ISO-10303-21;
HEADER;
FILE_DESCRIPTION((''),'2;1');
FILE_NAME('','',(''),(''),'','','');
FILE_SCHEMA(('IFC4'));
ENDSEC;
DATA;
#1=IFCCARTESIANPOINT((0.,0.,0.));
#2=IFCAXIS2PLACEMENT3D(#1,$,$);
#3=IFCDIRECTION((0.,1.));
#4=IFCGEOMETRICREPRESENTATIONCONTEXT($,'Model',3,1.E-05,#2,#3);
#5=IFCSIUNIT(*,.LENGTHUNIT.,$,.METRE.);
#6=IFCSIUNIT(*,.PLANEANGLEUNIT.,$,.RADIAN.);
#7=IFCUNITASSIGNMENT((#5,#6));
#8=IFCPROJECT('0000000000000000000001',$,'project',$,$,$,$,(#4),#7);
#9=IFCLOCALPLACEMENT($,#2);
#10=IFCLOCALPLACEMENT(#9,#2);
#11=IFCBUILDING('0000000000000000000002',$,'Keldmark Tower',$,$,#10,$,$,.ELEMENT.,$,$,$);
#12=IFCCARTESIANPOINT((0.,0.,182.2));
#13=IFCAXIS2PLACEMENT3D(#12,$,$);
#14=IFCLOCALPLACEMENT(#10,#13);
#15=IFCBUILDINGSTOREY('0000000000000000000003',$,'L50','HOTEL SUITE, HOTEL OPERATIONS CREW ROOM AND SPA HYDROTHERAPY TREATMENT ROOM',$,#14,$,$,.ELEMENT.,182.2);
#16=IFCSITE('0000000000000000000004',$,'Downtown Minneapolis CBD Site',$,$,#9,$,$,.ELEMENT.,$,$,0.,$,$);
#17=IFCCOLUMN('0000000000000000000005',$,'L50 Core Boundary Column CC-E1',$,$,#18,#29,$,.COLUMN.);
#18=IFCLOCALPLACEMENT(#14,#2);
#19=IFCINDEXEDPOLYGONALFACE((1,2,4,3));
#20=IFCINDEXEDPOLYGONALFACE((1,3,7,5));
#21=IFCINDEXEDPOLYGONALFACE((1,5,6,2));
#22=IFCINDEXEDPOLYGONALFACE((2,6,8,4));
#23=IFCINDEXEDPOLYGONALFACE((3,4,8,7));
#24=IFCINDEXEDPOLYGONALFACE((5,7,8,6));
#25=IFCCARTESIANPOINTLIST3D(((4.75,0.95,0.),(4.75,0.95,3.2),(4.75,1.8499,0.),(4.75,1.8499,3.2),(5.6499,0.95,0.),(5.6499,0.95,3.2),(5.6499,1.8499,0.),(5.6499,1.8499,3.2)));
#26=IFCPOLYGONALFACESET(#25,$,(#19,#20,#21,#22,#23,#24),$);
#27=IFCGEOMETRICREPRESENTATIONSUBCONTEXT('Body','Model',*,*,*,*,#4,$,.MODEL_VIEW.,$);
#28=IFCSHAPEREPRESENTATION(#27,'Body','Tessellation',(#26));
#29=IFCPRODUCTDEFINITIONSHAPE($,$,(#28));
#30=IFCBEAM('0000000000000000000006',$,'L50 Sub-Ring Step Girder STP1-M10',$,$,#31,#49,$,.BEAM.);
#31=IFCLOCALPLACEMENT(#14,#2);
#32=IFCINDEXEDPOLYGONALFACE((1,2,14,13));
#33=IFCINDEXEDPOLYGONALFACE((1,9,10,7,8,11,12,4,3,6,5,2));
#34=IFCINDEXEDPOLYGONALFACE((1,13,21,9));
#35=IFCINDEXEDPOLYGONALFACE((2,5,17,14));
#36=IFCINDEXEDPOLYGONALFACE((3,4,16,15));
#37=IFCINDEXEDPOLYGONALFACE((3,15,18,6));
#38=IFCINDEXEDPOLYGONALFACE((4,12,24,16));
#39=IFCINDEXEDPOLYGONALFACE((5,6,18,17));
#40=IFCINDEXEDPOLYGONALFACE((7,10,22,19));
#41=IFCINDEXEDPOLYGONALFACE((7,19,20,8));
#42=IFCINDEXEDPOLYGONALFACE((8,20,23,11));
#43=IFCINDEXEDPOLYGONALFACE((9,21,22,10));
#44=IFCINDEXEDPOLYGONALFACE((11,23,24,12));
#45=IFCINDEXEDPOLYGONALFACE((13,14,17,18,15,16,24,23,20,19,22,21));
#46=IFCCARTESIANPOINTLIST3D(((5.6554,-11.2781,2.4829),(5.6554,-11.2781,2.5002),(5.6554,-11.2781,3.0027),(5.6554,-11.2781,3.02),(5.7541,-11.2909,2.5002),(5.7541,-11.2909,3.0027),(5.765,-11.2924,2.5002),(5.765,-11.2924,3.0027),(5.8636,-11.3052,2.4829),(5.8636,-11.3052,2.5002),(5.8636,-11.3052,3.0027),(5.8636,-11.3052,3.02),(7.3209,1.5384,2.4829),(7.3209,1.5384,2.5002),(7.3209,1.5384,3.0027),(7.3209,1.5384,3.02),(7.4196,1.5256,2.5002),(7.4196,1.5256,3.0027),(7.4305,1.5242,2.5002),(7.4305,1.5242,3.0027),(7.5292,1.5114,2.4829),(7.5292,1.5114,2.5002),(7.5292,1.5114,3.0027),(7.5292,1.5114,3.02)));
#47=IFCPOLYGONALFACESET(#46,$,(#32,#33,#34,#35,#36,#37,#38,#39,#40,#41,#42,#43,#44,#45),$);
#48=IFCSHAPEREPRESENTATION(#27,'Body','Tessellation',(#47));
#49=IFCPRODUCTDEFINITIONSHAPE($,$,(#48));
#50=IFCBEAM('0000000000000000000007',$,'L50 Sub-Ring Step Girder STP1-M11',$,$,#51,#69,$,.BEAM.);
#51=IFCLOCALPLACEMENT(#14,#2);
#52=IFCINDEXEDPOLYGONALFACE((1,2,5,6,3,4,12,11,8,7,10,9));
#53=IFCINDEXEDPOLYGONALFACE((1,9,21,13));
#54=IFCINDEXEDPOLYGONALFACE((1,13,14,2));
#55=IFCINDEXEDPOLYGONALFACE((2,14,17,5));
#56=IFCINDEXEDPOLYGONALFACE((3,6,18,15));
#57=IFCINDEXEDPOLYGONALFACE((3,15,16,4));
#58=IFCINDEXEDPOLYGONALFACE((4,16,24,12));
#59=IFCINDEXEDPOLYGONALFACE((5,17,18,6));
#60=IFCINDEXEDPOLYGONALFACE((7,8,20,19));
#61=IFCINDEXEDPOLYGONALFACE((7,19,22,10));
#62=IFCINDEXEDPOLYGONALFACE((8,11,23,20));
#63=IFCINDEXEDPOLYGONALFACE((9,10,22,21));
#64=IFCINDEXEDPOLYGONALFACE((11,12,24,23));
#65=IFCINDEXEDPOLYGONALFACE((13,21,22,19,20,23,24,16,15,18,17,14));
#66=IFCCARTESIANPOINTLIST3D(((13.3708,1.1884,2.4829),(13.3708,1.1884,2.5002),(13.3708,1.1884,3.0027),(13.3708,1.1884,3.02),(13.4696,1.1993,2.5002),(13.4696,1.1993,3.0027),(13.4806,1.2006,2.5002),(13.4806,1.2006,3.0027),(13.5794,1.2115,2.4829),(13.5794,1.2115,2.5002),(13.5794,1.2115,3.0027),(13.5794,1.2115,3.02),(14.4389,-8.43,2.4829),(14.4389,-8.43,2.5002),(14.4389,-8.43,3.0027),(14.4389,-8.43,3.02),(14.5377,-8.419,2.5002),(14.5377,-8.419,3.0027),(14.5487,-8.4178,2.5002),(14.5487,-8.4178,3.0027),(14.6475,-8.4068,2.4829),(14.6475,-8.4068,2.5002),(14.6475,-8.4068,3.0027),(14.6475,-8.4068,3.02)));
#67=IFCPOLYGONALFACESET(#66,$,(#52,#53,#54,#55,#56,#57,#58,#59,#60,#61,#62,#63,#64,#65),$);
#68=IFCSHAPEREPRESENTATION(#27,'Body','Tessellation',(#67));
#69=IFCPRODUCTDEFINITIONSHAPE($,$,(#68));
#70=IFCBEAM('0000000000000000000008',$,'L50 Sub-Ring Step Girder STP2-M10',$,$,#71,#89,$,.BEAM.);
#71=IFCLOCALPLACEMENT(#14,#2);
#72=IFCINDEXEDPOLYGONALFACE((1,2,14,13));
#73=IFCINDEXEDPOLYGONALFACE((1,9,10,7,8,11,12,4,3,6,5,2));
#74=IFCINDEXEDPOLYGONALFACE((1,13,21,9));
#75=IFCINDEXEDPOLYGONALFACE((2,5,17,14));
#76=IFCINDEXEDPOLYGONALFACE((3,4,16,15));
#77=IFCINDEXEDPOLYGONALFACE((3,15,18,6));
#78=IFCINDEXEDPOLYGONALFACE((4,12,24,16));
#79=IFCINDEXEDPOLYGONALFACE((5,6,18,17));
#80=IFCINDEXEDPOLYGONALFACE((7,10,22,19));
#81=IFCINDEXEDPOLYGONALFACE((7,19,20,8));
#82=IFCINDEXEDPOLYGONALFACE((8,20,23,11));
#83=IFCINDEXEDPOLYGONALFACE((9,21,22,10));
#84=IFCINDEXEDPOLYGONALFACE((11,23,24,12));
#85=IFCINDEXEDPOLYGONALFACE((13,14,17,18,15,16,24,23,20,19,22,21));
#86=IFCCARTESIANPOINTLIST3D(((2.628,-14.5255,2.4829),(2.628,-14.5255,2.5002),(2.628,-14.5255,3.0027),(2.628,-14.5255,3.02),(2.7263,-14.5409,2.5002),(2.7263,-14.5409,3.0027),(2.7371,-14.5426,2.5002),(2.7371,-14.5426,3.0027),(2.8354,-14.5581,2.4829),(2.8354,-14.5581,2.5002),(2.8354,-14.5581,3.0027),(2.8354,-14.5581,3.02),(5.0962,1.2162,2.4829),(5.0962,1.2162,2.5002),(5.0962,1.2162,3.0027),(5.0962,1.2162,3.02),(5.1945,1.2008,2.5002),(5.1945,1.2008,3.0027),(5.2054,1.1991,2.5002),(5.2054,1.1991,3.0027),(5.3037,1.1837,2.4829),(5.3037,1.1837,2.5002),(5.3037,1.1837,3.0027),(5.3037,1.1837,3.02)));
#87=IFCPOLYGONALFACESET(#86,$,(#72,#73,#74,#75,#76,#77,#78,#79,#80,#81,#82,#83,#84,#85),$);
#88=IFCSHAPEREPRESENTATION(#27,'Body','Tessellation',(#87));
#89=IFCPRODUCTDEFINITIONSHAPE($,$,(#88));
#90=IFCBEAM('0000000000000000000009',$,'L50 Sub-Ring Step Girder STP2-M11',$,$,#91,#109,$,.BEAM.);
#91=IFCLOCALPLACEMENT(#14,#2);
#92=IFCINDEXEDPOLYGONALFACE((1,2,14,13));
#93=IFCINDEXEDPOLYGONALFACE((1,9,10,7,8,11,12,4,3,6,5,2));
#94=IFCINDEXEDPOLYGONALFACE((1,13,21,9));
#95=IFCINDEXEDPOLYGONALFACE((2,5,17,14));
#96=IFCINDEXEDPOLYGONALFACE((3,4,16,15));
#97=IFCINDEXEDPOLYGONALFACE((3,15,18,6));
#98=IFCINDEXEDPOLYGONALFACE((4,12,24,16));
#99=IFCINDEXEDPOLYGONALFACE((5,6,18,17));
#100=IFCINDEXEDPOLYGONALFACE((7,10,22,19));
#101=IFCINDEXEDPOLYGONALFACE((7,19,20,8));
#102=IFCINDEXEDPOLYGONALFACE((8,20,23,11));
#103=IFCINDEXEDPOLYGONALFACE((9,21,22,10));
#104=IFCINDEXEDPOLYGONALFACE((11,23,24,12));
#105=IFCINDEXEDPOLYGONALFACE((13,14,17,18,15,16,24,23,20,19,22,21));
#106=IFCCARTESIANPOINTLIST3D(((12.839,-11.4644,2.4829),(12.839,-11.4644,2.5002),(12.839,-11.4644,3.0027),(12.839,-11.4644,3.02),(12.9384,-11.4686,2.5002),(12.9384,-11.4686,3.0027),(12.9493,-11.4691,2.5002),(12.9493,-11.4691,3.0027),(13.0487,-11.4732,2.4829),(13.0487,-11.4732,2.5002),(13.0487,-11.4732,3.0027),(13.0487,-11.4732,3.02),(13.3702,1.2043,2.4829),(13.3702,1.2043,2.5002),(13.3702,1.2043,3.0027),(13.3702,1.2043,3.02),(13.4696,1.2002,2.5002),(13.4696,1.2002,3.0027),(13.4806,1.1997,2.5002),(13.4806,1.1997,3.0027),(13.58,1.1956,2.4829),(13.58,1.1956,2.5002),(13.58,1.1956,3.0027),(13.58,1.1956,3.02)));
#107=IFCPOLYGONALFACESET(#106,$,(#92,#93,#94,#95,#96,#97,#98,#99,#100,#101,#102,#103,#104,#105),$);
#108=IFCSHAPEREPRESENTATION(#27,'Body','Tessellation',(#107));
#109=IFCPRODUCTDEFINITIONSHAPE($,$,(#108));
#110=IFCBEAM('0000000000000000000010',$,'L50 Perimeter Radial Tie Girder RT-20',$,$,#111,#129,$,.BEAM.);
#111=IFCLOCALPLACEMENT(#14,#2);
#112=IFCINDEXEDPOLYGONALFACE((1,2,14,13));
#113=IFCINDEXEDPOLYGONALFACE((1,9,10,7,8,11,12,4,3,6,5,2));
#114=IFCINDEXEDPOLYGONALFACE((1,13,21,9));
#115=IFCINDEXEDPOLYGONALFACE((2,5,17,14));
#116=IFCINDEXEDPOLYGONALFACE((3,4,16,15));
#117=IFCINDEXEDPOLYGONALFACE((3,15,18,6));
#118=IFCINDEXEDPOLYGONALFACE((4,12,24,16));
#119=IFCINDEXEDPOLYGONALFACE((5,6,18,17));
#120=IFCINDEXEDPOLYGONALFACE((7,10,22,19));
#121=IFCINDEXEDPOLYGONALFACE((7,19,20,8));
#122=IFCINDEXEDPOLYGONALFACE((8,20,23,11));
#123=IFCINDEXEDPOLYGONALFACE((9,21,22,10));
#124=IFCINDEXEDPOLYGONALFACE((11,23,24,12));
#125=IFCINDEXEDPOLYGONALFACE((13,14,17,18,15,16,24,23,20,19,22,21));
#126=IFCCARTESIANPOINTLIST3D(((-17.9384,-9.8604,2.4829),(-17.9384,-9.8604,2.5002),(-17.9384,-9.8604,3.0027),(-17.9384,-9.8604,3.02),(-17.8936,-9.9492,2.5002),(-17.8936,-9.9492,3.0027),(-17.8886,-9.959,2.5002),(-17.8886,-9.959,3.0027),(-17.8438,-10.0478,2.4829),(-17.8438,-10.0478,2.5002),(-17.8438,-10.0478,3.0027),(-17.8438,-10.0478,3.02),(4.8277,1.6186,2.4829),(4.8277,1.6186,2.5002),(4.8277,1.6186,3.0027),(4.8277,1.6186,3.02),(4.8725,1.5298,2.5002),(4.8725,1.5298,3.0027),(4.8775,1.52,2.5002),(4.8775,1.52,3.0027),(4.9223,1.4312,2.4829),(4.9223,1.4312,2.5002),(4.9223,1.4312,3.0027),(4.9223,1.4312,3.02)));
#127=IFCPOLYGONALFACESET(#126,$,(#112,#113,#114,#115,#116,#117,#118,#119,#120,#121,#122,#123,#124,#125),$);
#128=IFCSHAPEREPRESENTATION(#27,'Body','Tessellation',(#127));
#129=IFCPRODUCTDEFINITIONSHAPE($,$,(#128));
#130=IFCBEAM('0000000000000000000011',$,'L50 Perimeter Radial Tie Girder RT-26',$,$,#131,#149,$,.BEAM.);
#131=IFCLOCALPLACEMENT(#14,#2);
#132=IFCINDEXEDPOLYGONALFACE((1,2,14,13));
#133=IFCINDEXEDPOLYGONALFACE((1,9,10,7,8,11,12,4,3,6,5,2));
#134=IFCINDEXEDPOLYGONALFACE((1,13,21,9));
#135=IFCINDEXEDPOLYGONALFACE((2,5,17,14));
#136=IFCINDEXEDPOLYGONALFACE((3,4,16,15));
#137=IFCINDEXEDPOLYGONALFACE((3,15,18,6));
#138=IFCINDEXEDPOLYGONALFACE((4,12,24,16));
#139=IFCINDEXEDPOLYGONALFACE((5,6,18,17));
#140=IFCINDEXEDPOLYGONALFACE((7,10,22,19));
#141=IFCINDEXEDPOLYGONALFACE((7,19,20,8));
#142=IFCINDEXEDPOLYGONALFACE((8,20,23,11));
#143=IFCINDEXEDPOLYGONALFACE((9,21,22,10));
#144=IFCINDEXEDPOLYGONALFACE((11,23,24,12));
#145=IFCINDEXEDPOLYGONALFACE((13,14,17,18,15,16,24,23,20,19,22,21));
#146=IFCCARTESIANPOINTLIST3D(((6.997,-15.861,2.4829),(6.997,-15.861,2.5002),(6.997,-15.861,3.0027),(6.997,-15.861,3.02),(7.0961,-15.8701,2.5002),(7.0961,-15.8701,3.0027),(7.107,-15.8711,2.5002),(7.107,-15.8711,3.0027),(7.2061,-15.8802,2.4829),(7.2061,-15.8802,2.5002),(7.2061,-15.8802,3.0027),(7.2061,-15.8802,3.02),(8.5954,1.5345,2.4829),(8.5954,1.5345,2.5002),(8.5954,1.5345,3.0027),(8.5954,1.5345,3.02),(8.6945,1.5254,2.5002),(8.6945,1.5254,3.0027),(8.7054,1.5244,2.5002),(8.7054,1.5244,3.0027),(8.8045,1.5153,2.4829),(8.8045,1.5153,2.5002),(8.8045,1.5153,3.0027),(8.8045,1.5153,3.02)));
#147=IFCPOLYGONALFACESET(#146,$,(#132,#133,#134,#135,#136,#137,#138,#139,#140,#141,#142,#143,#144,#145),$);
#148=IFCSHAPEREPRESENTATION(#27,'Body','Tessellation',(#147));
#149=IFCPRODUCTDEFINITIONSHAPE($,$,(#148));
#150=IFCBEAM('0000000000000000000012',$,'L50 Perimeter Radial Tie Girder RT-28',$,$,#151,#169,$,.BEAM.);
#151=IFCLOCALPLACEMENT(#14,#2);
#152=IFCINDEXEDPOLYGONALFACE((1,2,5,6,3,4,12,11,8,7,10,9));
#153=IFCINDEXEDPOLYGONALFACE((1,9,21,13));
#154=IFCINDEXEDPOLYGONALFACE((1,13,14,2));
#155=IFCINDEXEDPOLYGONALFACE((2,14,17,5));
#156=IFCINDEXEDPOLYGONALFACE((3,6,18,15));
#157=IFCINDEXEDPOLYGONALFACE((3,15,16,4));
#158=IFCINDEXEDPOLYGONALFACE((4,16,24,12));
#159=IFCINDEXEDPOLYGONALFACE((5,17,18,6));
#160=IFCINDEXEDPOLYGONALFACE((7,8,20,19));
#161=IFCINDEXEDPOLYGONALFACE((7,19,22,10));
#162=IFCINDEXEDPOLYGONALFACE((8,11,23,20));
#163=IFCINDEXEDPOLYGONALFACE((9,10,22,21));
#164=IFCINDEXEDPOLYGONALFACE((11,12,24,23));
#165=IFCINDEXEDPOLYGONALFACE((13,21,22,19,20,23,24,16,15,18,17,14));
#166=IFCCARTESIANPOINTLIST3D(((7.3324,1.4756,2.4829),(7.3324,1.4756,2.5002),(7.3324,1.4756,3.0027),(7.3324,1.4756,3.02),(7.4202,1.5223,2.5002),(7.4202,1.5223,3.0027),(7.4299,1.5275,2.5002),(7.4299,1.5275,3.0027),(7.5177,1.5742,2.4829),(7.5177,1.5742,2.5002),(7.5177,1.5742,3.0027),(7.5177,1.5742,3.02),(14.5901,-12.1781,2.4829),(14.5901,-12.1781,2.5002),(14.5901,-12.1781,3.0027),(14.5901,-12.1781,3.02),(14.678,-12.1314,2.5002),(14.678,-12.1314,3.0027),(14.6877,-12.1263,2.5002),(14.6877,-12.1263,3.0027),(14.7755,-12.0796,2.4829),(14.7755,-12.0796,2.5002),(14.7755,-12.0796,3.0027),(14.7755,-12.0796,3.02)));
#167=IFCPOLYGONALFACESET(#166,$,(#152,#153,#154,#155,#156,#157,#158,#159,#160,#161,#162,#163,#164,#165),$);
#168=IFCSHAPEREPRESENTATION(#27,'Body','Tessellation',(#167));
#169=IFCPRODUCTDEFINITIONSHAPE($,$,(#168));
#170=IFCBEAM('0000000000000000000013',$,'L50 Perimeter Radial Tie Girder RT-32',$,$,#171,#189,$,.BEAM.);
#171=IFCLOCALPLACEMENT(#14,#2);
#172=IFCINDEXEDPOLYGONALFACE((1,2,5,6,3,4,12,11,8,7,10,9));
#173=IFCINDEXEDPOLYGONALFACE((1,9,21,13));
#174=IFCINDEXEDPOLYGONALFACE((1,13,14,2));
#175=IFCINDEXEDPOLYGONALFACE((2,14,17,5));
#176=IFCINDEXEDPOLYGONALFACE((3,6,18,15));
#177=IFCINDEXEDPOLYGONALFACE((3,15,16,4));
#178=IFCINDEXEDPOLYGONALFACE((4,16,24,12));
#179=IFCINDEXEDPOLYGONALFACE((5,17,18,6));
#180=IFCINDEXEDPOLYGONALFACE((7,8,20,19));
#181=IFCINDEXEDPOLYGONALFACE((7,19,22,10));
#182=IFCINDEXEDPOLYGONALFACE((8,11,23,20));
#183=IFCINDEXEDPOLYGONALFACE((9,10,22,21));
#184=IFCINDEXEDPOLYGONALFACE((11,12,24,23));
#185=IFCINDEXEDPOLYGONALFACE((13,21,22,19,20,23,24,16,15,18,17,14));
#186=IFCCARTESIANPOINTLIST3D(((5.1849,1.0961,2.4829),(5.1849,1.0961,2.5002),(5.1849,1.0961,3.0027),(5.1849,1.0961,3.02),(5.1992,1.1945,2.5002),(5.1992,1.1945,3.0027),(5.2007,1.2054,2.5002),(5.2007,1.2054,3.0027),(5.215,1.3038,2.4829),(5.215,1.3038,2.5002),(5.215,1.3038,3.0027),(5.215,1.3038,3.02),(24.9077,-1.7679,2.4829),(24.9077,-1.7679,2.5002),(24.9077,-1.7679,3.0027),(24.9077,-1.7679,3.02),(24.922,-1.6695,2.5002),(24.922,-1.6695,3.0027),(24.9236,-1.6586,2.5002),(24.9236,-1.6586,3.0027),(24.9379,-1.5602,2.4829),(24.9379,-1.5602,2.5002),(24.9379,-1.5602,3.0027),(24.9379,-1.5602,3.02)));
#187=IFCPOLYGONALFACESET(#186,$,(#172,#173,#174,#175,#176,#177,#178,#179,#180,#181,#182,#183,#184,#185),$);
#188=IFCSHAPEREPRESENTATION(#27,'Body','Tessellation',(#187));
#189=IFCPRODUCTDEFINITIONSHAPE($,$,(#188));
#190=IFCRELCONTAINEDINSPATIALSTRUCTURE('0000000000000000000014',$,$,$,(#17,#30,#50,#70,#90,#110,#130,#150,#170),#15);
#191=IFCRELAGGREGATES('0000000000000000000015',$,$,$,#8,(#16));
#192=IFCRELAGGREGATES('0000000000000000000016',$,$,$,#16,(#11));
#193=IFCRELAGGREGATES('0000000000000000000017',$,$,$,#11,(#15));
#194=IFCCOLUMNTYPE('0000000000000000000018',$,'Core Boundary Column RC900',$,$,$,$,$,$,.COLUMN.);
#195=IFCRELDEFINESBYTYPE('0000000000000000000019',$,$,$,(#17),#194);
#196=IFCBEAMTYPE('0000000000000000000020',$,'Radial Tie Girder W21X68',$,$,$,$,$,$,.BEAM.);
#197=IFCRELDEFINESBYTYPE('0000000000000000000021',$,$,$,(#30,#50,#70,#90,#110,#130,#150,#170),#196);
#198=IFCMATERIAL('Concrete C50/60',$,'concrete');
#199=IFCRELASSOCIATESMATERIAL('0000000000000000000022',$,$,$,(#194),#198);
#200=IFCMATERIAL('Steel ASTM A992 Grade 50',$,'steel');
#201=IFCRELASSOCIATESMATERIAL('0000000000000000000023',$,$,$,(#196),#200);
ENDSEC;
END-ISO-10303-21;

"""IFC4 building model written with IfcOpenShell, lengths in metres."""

from ifc_helpers import new_model, si_unit, direction, frame, origin, origin_2d, place, context, subcontext, project, spatial, rectangle, i_section, extrude, material, material_profile, profile_set, type_object, element, save


model = new_model("IFC4")

# Units and contexts
model_context = context("Model", 3, precision=1e-05, world=origin(), true_north=direction((0.0, 1.0)))
body_context = subcontext(model_context, "Body", "Model", "MODEL_VIEW")
ifc_project = project(units=[si_unit("LENGTHUNIT", "METRE"), si_unit("PLANEANGLEUNIT", "RADIAN")], contexts=[model_context])

# Site, building, storey
site_placement = place(None, origin())
site = spatial("IfcSite", under=ifc_project, at=site_placement, Name="Downtown Minneapolis CBD Site", CompositionType="ELEMENT", RefElevation=0.0)
building_placement = place(site_placement, origin())
building = spatial("IfcBuilding", under=site, at=building_placement, Name="Keldmark Tower", CompositionType="ELEMENT")
storey_placement = place(building_placement, frame((0.0, 0.0, 182.2)))
storey = spatial("IfcBuildingStorey", under=building, at=storey_placement, Name="L50", Description="HOTEL SUITE, HOTEL OPERATIONS CREW ROOM AND SPA HYDROTHERAPY TREATMENT ROOM", CompositionType="ELEMENT", Elevation=182.2)

# Column
ifc_material_1 = material(Name="Concrete C50/60", Category="concrete")
ifc_material_profile_1 = material_profile(ifc_material_1, rectangle(XDim=0.8999, YDim=0.8999, at=origin_2d()), Name="RC900X900")
ifc_profile_set_1 = profile_set([ifc_material_profile_1], Name="Concrete C50/60")
column_type = type_object("IfcColumnType", Name="Core Boundary Column RC900", PredefinedType="COLUMN", material=ifc_profile_set_1)
column_placement = place(storey_placement, frame((5.2, 1.3999, 0.0), z_axis=(0.0, 0.0, 1.0), x_axis=(1.0, 0.0, 0.0)))
element("IfcColumn", 1, at=column_placement, inside=storey, type_object=column_type, Name="L50 Core Boundary Column CC-E1", PredefinedType="COLUMN", context=body_context, shape_type="SweptSolid", body=[
    extrude(rectangle(XDim=0.8999, YDim=0.8999, at=origin_2d()), origin(), (0.0, 0.0, 1.0), 3.2),
])

# Beams
ifc_material_2 = material(Name="Steel ASTM A992 Grade 50", Category="steel")
ifc_material_profile_2 = material_profile(ifc_material_2, i_section(OverallWidth=0.21, OverallDepth=0.5371, WebThickness=0.011, FlangeThickness=0.0173, at=origin_2d()), Name="W21X68")
ifc_profile_set_2 = profile_set([ifc_material_profile_2], Name="Steel ASTM A992 Grade 50")
beam_type = type_object("IfcBeamType", Name="Radial Tie Girder W21X68", PredefinedType="BEAM", material=ifc_profile_set_2)
beam_1_placement = place(storey_placement, frame((7.425, 1.5249, 2.7515), z_axis=(-0.128867, -0.991662, 0.0), x_axis=(0.991662, -0.128867, 0.0)))
element("IfcBeam", 2, at=beam_1_placement, inside=storey, type_object=beam_type, Name="L50 Sub-Ring Step Girder STP1-M10", PredefinedType="BEAM", context=body_context, shape_type="SweptSolid", body=[
    extrude(i_section(OverallWidth=0.21, OverallDepth=0.5371, WebThickness=0.011, FlangeThickness=0.0173, at=origin_2d()), origin(), (0.0, 0.0, 1.0), 12.9243),
])
beam_2_placement = place(storey_placement, frame((13.4751, 1.2, 2.7515), z_axis=(0.110371, -0.993891, 0.0), x_axis=(0.993891, 0.110371, 0.0)))
element("IfcBeam", 3, at=beam_2_placement, inside=storey, type_object=beam_type, Name="L50 Sub-Ring Step Girder STP1-M11", PredefinedType="BEAM", context=body_context, shape_type="SweptSolid", body=[
    extrude(i_section(OverallWidth=0.21, OverallDepth=0.5371, WebThickness=0.011, FlangeThickness=0.0173, at=origin_2d()), origin(), (0.0, 0.0, 1.0), 9.6775),
])
beam_3_placement = place(storey_placement, frame((5.2, 1.2, 2.7515), z_axis=(-0.154905, -0.987929, 0.0), x_axis=(0.987929, -0.154905, 0.0)))
element("IfcBeam", 4, at=beam_3_placement, inside=storey, type_object=beam_type, Name="L50 Sub-Ring Step Girder STP2-M10", PredefinedType="BEAM", context=body_context, shape_type="SweptSolid", body=[
    extrude(i_section(OverallWidth=0.21, OverallDepth=0.5371, WebThickness=0.011, FlangeThickness=0.0173, at=origin_2d()), origin(), (0.0, 0.0, 1.0), 15.9341),
])
beam_4_placement = place(storey_placement, frame((13.4751, 1.2, 2.7515), z_axis=(-0.041897, -0.999122, 0.0), x_axis=(0.999122, -0.041897, 0.0)))
element("IfcBeam", 5, at=beam_4_placement, inside=storey, type_object=beam_type, Name="L50 Sub-Ring Step Girder STP2-M11", PredefinedType="BEAM", context=body_context, shape_type="SweptSolid", body=[
    extrude(i_section(OverallWidth=0.21, OverallDepth=0.5371, WebThickness=0.011, FlangeThickness=0.0173, at=origin_2d()), origin(), (0.0, 0.0, 1.0), 12.6799),
])
beam_5_placement = place(storey_placement, frame((4.875, 1.5249, 2.7515), z_axis=(-0.892917, -0.450222, 0.0), x_axis=(0.450222, -0.892917, 0.0)))
element("IfcBeam", 6, at=beam_5_placement, inside=storey, type_object=beam_type, Name="L50 Perimeter Radial Tie Girder RT-20", PredefinedType="BEAM", context=body_context, shape_type="SweptSolid", body=[
    extrude(i_section(OverallWidth=0.21, OverallDepth=0.5371, WebThickness=0.011, FlangeThickness=0.0173, at=origin_2d()), origin(), (0.0, 0.0, 1.0), 25.4963),
])
beam_6_placement = place(storey_placement, frame((8.7, 1.5249, 2.7515), z_axis=(-0.0915, -0.995805, 0.0), x_axis=(0.995805, -0.0915, 0.0)))
element("IfcBeam", 7, at=beam_6_placement, inside=storey, type_object=beam_type, Name="L50 Perimeter Radial Tie Girder RT-26", PredefinedType="BEAM", context=body_context, shape_type="SweptSolid", body=[
    extrude(i_section(OverallWidth=0.21, OverallDepth=0.5371, WebThickness=0.011, FlangeThickness=0.0173, at=origin_2d()), origin(), (0.0, 0.0, 1.0), 17.4688),
])
beam_7_placement = place(storey_placement, frame((7.425, 1.5249, 2.7515), z_axis=(0.469368, -0.883002, 0.0), x_axis=(0.883002, 0.469368, 0.0)))
element("IfcBeam", 8, at=beam_7_placement, inside=storey, type_object=beam_type, Name="L50 Perimeter Radial Tie Girder RT-28", PredefinedType="BEAM", context=body_context, shape_type="SweptSolid", body=[
    extrude(i_section(OverallWidth=0.21, OverallDepth=0.5371, WebThickness=0.011, FlangeThickness=0.0173, at=origin_2d()), origin(), (0.0, 0.0, 1.0), 15.4629),
])
beam_8_placement = place(storey_placement, frame((5.2, 1.2, 2.7515), z_axis=(0.989621, -0.143705, 0.0), x_axis=(0.143705, 0.989621, 0.0)))
element("IfcBeam", 9, at=beam_8_placement, inside=storey, type_object=beam_type, Name="L50 Perimeter Radial Tie Girder RT-32", PredefinedType="BEAM", context=body_context, shape_type="SweptSolid", body=[
    extrude(i_section(OverallWidth=0.21, OverallDepth=0.5371, WebThickness=0.011, FlangeThickness=0.0173, at=origin_2d()), origin(), (0.0, 0.0, 1.0), 19.9297),
])

save(model, "model.ifc")
